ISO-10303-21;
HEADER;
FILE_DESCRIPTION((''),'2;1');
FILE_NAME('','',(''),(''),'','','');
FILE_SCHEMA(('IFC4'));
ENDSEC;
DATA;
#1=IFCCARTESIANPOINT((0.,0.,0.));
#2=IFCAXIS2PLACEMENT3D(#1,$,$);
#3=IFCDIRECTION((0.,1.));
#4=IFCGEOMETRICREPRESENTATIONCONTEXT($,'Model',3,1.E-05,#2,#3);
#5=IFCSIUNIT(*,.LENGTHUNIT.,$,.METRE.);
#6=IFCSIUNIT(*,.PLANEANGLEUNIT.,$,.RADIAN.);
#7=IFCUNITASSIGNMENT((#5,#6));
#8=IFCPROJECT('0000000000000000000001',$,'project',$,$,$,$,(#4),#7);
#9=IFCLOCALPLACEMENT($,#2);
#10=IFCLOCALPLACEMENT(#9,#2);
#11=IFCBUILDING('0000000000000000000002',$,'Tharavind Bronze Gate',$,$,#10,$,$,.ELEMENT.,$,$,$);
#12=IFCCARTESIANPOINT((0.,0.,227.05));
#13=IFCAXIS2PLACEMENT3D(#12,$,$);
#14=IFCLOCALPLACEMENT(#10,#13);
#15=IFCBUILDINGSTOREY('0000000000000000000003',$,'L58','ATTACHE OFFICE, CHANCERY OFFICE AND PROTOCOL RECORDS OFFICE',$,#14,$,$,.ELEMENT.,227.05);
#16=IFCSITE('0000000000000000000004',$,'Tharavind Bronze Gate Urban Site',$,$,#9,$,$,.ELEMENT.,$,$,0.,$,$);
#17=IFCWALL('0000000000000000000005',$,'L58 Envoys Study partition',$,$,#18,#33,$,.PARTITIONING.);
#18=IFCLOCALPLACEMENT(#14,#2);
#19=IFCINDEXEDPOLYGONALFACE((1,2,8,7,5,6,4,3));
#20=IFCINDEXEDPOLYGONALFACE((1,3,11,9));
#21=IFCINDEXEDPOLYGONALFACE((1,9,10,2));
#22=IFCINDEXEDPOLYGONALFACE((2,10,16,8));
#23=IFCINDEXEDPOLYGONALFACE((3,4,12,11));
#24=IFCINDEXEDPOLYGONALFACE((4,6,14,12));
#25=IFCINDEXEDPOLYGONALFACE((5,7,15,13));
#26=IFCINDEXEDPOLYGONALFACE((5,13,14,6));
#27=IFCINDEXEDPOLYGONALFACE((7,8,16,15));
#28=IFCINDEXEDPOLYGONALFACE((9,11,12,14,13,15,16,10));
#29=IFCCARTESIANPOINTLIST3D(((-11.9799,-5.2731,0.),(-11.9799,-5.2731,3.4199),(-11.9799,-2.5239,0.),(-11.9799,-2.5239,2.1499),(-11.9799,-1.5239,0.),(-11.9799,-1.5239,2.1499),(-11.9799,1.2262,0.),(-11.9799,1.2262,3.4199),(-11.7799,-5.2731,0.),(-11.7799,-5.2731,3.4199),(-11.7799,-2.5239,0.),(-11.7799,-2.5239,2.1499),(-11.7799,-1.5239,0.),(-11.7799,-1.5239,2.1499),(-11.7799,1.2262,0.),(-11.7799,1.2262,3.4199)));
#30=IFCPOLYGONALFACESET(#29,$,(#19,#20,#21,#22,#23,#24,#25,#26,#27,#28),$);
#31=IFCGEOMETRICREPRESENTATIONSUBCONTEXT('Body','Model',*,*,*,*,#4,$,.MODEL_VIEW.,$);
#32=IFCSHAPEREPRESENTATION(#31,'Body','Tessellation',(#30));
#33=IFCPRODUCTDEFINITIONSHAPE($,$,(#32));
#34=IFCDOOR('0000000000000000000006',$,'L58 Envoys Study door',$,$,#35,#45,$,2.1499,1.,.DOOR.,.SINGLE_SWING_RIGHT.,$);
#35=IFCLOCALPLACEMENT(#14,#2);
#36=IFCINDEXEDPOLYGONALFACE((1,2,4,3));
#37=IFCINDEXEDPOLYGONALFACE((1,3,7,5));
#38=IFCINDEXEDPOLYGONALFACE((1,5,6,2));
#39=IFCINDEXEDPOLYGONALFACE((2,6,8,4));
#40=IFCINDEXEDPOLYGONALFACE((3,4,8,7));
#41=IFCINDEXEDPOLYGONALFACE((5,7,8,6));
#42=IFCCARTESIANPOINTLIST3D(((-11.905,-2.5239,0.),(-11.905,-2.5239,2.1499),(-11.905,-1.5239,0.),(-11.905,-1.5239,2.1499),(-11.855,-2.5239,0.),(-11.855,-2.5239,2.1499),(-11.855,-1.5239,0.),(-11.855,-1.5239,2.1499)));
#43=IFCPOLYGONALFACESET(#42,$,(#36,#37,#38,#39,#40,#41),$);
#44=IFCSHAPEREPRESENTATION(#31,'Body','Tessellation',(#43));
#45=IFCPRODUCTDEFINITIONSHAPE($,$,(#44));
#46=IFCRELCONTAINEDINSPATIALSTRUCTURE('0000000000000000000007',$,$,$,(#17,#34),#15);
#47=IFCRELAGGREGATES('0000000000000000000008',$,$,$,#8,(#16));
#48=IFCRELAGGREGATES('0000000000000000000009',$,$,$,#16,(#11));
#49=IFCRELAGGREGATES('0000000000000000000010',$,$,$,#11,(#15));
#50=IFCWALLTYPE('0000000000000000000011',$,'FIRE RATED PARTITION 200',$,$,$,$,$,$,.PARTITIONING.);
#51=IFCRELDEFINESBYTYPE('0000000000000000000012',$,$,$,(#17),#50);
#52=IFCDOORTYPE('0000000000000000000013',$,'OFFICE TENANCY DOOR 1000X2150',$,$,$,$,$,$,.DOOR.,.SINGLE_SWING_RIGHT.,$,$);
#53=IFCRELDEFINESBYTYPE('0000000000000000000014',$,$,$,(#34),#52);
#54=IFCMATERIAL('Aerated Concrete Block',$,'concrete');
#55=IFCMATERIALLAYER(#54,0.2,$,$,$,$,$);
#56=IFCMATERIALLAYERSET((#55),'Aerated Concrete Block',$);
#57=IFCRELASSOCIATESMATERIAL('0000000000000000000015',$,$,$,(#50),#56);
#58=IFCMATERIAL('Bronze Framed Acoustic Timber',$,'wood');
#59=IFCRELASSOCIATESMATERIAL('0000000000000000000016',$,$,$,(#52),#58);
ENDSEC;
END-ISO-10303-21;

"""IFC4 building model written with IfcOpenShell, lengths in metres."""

from ifc_helpers import new_model, si_unit, direction, frame, frame_2d, origin, place, context, subcontext, project, spatial, rectangle, extrude, material, layer, layer_set, type_object, element, fill, save


model = new_model("IFC4")

# Units and contexts
model_context = context("Model", 3, precision=1e-05, world=origin(), true_north=direction((0.0, 1.0)))
body_context = subcontext(model_context, "Body", "Model", "MODEL_VIEW")
ifc_project = project(units=[si_unit("LENGTHUNIT", "METRE"), si_unit("PLANEANGLEUNIT", "RADIAN")], contexts=[model_context])

# Site, building, storey
site_placement = place(None, origin())
site = spatial("IfcSite", under=ifc_project, at=site_placement, Name="Tharavind Bronze Gate Urban Site", CompositionType="ELEMENT", RefElevation=0.0)
building_placement = place(site_placement, origin())
building = spatial("IfcBuilding", under=site, at=building_placement, Name="Tharavind Bronze Gate", CompositionType="ELEMENT")
storey_placement = place(building_placement, frame((0.0, 0.0, 227.05)))
storey = spatial("IfcBuildingStorey", under=building, at=storey_placement, Name="L58", Description="ATTACHE OFFICE, CHANCERY OFFICE AND PROTOCOL RECORDS OFFICE", CompositionType="ELEMENT", Elevation=227.05)

# Shared definitions
ifc_material_1 = material(Name="Aerated Concrete Block", Category="concrete")
ifc_layer_1 = layer(ifc_material_1, 0.2)
ifc_layer_set_1 = layer_set([ifc_layer_1], Name="Aerated Concrete Block")
wall_type = type_object("IfcWallType", Name="FIRE RATED PARTITION 200", PredefinedType="PARTITIONING", material=ifc_layer_set_1)

# Wall, opening, door
wall_1_placement = place(storey_placement, frame((-11.8799, 1.2261, 0.0), z_axis=(0.0, 0.0, 1.0), x_axis=(0.0, -1.0, 0.0)))
wall_1 = element("IfcWall", 1, at=wall_1_placement, inside=storey, type_object=wall_type, Name="L58 Envoys Study partition", PredefinedType="PARTITIONING", context=body_context, shape_type="SweptSolid", body=[
    extrude(rectangle(XDim=6.4993, YDim=0.2, at=frame_2d((3.2495, 0.0))), origin(), (0.0, 0.0, 1.0), 3.4199),
])
opening_1_placement = place(wall_1_placement, frame((2.75, 0.0, 0.0)))
opening_1 = element("IfcOpeningElement", 2, at=opening_1_placement, cuts=wall_1, PredefinedType="OPENING", context=body_context, shape_type="SweptSolid", body=[
    extrude(rectangle(XDim=1.0, YDim=2.1499, at=frame_2d((0.5, 1.075))), frame((0.0, 0.1101, 0.0), z_axis=(0.0, -1.0, 0.0), x_axis=(1.0, 0.0, 0.0)), (0.0, 0.0, 1.0), 0.22),
])
ifc_material_2 = material(Name="Bronze Framed Acoustic Timber", Category="wood")
door_type_1 = type_object("IfcDoorType", Name="OFFICE TENANCY DOOR 1000X2150", OperationType="SINGLE_SWING_RIGHT", PredefinedType="DOOR", material=ifc_material_2)
door_1_placement = place(opening_1_placement, origin())
door_1 = element("IfcDoor", 3, at=door_1_placement, inside=storey, type_object=door_type_1, Name="L58 Envoys Study door", OperationType="SINGLE_SWING_RIGHT", OverallHeight=2.1499, OverallWidth=1.0, PredefinedType="DOOR", context=body_context, shape_type="SweptSolid", body=[
    extrude(rectangle(XDim=1.0, YDim=2.1499, at=frame_2d((0.5, 1.075))), frame((0.0, 0.0249, 0.0), z_axis=(0.0, -1.0, 0.0), x_axis=(1.0, 0.0, 0.0)), (0.0, 0.0, 1.0), 0.05),
])
fill(opening_1, door_1)

save(model, "model.ifc")
